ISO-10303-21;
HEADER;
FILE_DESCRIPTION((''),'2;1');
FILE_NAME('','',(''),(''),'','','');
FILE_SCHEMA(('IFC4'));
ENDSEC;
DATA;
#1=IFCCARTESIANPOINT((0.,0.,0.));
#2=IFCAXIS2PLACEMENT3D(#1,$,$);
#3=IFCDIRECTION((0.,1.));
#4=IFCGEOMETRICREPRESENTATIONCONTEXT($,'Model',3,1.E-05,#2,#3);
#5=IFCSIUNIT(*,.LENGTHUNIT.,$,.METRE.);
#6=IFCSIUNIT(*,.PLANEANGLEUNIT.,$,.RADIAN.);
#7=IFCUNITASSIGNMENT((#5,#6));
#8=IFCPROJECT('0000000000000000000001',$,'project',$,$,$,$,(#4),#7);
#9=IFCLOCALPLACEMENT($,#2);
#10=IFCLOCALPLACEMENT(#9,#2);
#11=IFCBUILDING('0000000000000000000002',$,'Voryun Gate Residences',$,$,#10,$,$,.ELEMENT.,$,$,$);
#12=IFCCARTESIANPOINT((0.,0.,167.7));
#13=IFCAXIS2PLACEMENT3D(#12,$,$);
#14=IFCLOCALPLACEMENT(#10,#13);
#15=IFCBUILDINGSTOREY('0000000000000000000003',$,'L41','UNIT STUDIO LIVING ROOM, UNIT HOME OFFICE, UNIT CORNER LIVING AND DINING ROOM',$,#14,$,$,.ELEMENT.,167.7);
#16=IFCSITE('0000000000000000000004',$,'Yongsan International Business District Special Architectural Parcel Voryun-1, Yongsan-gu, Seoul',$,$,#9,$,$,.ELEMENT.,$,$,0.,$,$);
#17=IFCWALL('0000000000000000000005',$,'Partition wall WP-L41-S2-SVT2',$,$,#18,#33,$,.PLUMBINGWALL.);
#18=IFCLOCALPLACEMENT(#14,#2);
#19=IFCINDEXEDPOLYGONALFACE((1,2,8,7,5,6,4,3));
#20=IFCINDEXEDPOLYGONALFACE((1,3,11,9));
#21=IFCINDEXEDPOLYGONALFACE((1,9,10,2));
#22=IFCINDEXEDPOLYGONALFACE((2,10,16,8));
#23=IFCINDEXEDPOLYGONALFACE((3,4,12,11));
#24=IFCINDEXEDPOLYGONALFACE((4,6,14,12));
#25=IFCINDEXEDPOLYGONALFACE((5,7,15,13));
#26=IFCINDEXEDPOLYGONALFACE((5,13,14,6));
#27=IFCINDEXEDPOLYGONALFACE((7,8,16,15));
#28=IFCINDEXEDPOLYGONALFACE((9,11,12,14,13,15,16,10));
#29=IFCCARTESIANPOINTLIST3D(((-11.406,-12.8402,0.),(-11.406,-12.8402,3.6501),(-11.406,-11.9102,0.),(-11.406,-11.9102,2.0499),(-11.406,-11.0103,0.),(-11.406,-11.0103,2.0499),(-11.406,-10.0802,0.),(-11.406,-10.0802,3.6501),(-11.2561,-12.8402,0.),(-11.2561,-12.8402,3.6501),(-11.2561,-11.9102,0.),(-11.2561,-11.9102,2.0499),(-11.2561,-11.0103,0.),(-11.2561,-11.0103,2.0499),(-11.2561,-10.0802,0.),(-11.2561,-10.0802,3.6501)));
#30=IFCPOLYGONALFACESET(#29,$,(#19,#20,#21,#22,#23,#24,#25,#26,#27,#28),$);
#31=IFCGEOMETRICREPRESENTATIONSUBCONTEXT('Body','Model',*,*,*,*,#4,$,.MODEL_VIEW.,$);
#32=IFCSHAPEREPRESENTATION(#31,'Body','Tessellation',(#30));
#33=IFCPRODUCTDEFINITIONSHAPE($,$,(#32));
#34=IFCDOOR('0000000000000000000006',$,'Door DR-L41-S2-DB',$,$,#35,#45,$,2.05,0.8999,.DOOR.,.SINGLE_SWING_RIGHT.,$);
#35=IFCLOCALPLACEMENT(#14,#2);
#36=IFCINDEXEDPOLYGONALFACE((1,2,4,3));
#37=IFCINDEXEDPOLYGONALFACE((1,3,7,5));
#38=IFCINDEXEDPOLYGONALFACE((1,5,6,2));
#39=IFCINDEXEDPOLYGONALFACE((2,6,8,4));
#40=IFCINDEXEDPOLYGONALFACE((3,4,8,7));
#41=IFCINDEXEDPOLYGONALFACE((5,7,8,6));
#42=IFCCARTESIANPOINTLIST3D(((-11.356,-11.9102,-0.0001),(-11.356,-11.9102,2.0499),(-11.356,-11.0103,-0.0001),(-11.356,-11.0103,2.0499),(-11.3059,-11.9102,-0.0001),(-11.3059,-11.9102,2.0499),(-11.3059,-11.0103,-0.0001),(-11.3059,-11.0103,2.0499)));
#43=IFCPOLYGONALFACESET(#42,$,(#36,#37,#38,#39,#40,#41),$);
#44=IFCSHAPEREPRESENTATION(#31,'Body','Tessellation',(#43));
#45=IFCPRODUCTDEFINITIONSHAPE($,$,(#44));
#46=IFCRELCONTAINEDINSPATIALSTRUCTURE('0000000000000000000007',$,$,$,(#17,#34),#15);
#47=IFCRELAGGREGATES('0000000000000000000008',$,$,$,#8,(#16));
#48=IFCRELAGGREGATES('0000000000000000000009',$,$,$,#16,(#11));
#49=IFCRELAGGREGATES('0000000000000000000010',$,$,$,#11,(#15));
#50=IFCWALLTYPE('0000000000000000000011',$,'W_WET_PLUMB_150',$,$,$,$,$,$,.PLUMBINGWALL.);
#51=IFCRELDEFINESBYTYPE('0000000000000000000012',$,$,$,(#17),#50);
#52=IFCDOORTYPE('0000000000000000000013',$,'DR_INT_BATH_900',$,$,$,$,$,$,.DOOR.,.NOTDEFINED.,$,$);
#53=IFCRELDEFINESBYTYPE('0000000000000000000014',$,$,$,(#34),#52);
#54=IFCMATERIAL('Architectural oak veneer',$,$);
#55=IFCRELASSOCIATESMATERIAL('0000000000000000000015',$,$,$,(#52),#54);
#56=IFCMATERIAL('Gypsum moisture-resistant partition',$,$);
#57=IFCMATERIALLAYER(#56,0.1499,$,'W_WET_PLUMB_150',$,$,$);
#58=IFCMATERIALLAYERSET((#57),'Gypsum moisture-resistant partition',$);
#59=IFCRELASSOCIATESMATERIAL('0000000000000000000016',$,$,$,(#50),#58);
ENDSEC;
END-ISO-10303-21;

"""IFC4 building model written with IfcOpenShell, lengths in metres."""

from ifc_helpers import new_model, si_unit, direction, frame, frame_2d, origin, place, context, subcontext, project, spatial, rectangle, extrude, material, layer, layer_set, type_object, element, fill, save


model = new_model("IFC4")

# Units and contexts
model_context = context("Model", 3, precision=1e-05, world=origin(), true_north=direction((0.0, 1.0)))
body_context = subcontext(model_context, "Body", "Model", "MODEL_VIEW")
ifc_project = project(units=[si_unit("LENGTHUNIT", "METRE"), si_unit("PLANEANGLEUNIT", "RADIAN")], contexts=[model_context])

# Site, building, storey
site_placement = place(None, origin())
site = spatial("IfcSite", under=ifc_project, at=site_placement, Name="Yongsan International Business District Special Architectural Parcel Voryun-1, Yongsan-gu, Seoul", CompositionType="ELEMENT", RefElevation=0.0)
building_placement = place(site_placement, origin())
building = spatial("IfcBuilding", under=site, at=building_placement, Name="Voryun Gate Residences", CompositionType="ELEMENT")
storey_placement = place(building_placement, frame((0.0, 0.0, 167.7)))
storey = spatial("IfcBuildingStorey", under=building, at=storey_placement, Name="L41", Description="UNIT STUDIO LIVING ROOM, UNIT HOME OFFICE, UNIT CORNER LIVING AND DINING ROOM", CompositionType="ELEMENT", Elevation=167.7)

# Shared definitions
ifc_material_1 = material(Name="Architectural oak veneer")
door_type_1 = type_object("IfcDoorType", Name="DR_INT_BATH_900", OperationType="NOTDEFINED", PredefinedType="DOOR", material=ifc_material_1)

# Shared definitions
ifc_material_2 = material(Name="Gypsum moisture-resistant partition")
ifc_layer_1 = layer(ifc_material_2, 0.1499, Name="W_WET_PLUMB_150")
ifc_layer_set_1 = layer_set([ifc_layer_1], Name="Gypsum moisture-resistant partition")
wall_type_1 = type_object("IfcWallType", Name="W_WET_PLUMB_150", PredefinedType="PLUMBINGWALL", material=ifc_layer_set_1)

# Wall, opening, door
wall_1_placement = place(storey_placement, frame((-11.3311, -12.8401, 0.0), z_axis=(0.0, 0.0, 1.0), x_axis=(0.0, 1.0, 0.0)))
wall_1 = element("IfcWall", 1, at=wall_1_placement, inside=storey, type_object=wall_type_1, Name="Partition wall WP-L41-S2-SVT2", PredefinedType="PLUMBINGWALL", context=body_context, shape_type="SweptSolid", body=[
    extrude(rectangle(XDim=2.76, YDim=0.1499, at=frame_2d((1.3799, 0.0))), origin(), (0.0, 0.0, 1.0), 3.6501),
])
opening_1_placement = place(wall_1_placement, frame((0.9299, 0.0, 0.0)))
opening_1 = element("IfcOpeningElement", 2, at=opening_1_placement, cuts=wall_1, PredefinedType="OPENING", context=body_context, shape_type="SweptSolid", body=[
    extrude(rectangle(XDim=0.8999, YDim=2.05, at=frame_2d((0.45, 1.0249))), frame((0.0, 0.085, 0.0), z_axis=(0.0, -1.0, 0.0), x_axis=(1.0, 0.0, 0.0)), (0.0, 0.0, 1.0), 0.1699),
])
door_1_placement = place(opening_1_placement, origin())
door_1 = element("IfcDoor", 3, at=door_1_placement, inside=storey, type_object=door_type_1, Name="Door DR-L41-S2-DB", OperationType="SINGLE_SWING_RIGHT", OverallHeight=2.05, OverallWidth=0.8999, PredefinedType="DOOR", context=body_context, shape_type="SweptSolid", body=[
    extrude(rectangle(XDim=0.8999, YDim=2.05, at=frame_2d((0.45, 1.0249))), frame((0.0, 0.0249, 0.0), z_axis=(0.0, -1.0, 0.0), x_axis=(1.0, 0.0, 0.0)), (0.0, 0.0, 1.0), 0.05),
])
fill(opening_1, door_1)

save(model, "model.ifc")
